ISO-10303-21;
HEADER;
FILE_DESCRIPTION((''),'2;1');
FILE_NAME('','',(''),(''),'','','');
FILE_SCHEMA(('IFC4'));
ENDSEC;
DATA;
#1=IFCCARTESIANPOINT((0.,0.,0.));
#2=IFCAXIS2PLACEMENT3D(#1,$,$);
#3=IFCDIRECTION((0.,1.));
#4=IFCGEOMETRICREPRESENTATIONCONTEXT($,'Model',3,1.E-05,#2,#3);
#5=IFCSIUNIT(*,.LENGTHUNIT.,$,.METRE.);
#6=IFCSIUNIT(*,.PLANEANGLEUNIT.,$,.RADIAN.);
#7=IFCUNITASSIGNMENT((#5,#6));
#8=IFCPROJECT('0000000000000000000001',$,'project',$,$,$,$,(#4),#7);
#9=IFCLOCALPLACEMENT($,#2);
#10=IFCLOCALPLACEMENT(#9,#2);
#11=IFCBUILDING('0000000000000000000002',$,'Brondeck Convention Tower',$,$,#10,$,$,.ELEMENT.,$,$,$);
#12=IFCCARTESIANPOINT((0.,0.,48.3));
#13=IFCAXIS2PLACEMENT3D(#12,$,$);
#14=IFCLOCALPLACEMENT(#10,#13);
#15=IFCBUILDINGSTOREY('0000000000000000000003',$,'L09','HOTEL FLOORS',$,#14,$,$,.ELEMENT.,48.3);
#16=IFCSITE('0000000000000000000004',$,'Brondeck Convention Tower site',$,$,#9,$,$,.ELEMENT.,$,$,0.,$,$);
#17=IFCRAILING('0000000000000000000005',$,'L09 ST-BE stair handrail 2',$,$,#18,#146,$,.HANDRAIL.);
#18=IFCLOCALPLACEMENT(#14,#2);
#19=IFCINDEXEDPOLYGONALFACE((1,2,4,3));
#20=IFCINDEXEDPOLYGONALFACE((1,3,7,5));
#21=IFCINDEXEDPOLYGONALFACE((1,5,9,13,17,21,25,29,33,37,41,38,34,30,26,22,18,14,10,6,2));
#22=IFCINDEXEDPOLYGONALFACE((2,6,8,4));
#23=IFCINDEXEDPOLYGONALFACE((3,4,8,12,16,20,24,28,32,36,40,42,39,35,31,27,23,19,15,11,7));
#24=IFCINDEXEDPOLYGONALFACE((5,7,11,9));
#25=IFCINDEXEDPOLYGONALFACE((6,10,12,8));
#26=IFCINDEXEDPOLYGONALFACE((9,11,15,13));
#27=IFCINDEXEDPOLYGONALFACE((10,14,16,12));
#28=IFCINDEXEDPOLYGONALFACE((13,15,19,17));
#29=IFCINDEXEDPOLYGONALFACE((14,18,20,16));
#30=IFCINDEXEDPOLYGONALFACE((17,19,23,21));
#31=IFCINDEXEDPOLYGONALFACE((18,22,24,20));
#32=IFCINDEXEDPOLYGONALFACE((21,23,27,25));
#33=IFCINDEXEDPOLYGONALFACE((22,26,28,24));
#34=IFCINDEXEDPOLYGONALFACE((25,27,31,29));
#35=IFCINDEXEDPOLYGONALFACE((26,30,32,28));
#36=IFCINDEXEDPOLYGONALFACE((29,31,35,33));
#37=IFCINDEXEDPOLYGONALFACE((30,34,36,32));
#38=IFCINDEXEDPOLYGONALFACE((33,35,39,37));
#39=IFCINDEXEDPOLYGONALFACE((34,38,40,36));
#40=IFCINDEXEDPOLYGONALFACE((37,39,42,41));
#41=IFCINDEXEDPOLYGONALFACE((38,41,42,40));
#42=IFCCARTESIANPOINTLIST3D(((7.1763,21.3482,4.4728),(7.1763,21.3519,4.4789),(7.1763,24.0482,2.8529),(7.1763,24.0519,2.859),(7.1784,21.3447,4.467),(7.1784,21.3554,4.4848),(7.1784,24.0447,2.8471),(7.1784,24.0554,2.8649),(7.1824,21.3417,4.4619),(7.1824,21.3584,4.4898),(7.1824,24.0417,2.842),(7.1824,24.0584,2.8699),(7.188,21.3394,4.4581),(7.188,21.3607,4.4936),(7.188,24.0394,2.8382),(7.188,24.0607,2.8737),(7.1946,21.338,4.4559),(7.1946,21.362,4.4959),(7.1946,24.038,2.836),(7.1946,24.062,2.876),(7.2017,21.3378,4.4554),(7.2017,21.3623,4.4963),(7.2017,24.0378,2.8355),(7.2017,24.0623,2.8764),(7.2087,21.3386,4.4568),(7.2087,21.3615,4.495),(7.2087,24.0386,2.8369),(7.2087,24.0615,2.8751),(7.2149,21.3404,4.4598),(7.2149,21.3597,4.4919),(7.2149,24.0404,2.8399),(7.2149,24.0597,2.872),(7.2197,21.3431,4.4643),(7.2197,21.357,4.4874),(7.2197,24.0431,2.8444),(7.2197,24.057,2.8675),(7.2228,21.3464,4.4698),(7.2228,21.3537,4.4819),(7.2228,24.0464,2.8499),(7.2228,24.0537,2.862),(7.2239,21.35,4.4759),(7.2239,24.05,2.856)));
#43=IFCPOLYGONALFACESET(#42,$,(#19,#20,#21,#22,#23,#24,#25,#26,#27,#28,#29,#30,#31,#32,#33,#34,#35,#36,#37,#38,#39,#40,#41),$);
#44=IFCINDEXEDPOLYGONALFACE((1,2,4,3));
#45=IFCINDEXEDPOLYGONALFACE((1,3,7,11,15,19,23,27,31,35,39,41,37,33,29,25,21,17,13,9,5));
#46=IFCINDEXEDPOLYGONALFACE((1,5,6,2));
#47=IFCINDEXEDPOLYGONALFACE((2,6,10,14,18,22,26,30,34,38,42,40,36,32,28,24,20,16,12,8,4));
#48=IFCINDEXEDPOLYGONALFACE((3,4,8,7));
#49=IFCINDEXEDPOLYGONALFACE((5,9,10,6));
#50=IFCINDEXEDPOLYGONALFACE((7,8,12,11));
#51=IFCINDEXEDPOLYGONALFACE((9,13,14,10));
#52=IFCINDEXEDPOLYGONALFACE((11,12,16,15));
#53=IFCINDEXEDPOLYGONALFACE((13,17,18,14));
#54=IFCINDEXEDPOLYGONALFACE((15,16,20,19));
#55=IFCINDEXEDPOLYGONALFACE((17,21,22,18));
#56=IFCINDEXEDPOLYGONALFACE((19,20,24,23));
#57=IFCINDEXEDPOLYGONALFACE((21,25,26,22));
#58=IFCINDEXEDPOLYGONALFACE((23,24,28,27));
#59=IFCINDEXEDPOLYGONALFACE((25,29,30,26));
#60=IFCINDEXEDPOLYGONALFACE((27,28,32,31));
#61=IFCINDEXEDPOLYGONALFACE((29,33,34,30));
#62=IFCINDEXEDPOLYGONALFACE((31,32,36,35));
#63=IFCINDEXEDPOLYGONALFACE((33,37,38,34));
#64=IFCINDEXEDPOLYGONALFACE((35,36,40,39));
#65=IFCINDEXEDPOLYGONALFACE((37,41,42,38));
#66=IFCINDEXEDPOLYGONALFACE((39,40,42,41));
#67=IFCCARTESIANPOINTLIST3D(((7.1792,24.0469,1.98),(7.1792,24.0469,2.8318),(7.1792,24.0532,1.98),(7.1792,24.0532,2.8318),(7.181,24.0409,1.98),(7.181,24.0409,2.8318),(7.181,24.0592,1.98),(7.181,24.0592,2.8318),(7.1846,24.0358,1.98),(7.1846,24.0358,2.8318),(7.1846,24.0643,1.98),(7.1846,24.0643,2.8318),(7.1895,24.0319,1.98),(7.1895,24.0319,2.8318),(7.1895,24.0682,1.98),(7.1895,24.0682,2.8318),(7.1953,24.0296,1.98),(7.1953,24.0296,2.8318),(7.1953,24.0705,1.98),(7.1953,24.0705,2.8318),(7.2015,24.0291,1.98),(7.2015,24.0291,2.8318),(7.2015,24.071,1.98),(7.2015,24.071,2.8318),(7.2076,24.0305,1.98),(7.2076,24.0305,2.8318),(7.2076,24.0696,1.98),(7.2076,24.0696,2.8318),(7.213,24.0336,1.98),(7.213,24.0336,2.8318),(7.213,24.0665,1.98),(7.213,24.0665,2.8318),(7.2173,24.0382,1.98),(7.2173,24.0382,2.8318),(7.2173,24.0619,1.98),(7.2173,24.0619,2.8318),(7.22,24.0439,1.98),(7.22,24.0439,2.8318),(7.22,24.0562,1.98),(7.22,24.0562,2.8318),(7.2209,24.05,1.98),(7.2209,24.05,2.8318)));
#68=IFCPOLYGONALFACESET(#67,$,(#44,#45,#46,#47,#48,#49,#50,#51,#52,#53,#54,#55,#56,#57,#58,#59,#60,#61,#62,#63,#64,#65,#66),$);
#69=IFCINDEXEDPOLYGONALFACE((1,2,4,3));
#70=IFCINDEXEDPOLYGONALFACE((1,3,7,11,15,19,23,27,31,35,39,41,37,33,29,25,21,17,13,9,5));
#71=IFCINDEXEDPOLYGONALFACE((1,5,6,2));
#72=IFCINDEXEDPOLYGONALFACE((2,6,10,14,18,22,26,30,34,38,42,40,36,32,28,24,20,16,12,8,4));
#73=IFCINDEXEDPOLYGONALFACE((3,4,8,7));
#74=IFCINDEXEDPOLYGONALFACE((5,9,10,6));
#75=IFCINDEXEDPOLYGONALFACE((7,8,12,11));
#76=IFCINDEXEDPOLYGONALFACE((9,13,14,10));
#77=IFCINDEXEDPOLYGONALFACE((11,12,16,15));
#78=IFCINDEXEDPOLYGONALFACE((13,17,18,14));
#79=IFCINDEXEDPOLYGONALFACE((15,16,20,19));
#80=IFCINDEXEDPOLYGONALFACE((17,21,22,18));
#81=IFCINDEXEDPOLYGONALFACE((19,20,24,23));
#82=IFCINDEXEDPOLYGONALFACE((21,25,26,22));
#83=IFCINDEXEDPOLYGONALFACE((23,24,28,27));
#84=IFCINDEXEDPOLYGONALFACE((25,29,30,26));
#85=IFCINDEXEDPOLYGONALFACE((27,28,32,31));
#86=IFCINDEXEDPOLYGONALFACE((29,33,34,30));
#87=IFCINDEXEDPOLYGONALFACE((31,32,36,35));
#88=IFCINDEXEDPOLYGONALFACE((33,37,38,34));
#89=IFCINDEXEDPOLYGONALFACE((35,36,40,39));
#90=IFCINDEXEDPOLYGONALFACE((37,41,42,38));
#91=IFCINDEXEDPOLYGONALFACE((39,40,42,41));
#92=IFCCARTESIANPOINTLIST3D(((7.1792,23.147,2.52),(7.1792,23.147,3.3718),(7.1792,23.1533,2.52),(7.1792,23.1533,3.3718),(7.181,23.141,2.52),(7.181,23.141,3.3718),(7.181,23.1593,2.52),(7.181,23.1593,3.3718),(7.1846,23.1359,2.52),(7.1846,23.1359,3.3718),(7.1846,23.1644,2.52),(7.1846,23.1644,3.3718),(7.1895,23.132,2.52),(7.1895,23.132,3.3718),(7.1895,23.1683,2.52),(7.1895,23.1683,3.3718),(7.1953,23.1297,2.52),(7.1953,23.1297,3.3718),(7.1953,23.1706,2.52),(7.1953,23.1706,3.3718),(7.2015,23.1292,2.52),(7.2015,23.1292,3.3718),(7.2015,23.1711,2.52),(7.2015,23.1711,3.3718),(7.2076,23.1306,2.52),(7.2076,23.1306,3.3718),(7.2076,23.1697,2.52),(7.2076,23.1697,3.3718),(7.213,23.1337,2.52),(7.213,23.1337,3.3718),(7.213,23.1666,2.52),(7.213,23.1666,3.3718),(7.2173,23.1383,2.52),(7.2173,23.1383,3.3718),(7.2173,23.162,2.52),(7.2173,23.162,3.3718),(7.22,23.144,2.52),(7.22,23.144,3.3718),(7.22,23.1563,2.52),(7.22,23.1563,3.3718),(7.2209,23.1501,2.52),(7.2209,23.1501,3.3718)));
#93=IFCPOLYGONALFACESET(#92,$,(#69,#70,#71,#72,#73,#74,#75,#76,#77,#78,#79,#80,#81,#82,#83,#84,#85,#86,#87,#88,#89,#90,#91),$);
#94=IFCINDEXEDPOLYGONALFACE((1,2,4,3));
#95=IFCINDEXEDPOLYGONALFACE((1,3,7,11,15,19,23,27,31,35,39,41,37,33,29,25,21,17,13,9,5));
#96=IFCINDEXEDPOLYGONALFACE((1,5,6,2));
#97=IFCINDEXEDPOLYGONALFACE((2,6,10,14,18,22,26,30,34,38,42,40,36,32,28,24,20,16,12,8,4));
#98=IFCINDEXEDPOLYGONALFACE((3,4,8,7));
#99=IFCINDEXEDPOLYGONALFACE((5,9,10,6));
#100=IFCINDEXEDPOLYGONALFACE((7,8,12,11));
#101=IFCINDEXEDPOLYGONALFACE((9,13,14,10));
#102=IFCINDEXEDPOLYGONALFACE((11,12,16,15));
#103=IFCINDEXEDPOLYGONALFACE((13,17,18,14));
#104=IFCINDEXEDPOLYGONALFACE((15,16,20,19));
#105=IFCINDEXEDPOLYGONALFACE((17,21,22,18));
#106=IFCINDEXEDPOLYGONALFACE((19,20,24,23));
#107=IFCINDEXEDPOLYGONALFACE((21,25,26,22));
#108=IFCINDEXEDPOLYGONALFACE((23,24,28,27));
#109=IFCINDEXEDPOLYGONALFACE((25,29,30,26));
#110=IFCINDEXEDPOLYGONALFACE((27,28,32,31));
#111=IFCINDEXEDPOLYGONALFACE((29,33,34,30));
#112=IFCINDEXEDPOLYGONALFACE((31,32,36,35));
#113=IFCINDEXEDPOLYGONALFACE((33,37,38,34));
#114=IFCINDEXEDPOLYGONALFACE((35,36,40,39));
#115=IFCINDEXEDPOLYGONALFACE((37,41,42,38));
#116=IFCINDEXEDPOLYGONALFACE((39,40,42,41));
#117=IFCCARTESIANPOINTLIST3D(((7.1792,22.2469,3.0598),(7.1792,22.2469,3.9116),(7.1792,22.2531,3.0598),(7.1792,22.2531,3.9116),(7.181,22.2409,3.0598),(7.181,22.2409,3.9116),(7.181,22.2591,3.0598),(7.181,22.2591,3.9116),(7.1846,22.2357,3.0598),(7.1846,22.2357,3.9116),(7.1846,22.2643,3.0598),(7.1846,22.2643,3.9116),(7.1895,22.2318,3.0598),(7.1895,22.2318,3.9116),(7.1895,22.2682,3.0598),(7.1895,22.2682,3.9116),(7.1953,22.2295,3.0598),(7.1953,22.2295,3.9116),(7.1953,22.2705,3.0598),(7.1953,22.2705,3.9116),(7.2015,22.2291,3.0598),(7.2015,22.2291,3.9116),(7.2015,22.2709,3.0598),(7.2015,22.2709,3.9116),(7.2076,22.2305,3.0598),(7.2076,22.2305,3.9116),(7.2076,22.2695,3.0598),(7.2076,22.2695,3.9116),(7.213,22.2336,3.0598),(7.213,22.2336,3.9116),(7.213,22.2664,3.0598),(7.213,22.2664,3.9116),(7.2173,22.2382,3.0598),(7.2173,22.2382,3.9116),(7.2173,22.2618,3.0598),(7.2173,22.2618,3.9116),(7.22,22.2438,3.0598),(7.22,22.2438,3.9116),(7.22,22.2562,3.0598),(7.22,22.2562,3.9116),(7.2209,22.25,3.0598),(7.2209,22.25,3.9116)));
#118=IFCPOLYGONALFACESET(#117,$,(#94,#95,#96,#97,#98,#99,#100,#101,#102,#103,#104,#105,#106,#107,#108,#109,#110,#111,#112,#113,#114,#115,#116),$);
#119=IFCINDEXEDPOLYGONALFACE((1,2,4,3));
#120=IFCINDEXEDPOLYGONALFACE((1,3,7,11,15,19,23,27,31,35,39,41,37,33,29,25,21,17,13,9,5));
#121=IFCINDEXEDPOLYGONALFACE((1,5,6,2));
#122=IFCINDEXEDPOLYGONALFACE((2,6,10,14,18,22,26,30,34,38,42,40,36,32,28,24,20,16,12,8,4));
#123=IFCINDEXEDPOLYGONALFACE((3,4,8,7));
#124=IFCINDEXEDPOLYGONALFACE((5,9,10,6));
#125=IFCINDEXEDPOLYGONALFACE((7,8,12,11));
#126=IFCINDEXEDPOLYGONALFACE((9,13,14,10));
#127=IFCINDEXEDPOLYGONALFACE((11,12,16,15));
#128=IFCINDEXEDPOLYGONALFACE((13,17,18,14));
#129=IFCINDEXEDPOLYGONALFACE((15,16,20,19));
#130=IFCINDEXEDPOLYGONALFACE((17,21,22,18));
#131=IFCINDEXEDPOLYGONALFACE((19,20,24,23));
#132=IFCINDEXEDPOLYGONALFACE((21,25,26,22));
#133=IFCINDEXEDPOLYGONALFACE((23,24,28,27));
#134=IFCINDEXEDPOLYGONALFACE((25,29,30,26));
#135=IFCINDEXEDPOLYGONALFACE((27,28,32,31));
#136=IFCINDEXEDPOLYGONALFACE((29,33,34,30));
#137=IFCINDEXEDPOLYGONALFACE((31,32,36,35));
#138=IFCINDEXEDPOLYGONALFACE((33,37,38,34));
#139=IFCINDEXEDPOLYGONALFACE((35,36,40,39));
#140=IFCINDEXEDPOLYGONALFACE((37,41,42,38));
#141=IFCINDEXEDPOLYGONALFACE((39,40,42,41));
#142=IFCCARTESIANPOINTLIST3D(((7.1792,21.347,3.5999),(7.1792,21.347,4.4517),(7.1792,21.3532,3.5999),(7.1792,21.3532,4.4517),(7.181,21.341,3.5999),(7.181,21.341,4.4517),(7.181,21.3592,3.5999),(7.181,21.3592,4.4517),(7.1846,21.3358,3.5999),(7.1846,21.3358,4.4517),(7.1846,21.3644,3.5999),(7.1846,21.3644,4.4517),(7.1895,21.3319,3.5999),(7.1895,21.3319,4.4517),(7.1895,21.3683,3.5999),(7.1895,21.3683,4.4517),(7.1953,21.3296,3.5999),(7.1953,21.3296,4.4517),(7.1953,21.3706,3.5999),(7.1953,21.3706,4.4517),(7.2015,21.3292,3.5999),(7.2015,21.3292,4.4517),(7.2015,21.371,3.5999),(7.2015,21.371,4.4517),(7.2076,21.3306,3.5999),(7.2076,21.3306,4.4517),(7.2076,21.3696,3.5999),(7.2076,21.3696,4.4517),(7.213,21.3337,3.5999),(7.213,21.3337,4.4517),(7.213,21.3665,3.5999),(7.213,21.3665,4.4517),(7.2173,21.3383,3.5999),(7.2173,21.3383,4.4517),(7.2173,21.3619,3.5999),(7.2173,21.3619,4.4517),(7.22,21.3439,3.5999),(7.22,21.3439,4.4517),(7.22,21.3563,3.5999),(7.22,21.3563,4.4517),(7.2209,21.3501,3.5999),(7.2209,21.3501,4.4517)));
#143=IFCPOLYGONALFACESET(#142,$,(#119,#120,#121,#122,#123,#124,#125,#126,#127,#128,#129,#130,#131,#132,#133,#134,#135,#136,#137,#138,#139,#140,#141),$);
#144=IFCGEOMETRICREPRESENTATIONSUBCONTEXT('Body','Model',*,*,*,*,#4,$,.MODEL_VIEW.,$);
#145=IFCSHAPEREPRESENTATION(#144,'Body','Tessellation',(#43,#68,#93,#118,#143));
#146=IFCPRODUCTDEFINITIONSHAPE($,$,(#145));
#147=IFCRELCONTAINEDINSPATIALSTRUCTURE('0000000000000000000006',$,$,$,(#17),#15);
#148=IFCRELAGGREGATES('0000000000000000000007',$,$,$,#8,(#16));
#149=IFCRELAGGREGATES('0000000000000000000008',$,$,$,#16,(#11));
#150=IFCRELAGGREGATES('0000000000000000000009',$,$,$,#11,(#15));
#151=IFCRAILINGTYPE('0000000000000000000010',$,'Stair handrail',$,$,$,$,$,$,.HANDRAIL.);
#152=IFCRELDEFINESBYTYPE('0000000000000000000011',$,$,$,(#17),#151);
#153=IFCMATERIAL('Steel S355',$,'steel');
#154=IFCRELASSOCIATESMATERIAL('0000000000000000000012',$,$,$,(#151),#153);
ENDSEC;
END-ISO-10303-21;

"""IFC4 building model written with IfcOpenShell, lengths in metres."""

from ifc_helpers import new_model, si_unit, direction, frame, origin, origin_2d, place, context, subcontext, project, spatial, circle, extrude, material, type_object, element, save


model = new_model("IFC4")

# Units and contexts
model_context = context("Model", 3, precision=1e-05, world=origin(), true_north=direction((0.0, 1.0)))
body_context = subcontext(model_context, "Body", "Model", "MODEL_VIEW")
ifc_project = project(units=[si_unit("LENGTHUNIT", "METRE"), si_unit("PLANEANGLEUNIT", "RADIAN")], contexts=[model_context])

# Site, building, storey
site_placement = place(None, origin())
site = spatial("IfcSite", under=ifc_project, at=site_placement, Name="Brondeck Convention Tower site", CompositionType="ELEMENT", RefElevation=0.0)
building_placement = place(site_placement, origin())
building = spatial("IfcBuilding", under=site, at=building_placement, Name="Brondeck Convention Tower", CompositionType="ELEMENT")
storey_placement = place(building_placement, frame((0.0, 0.0, 48.3)))
storey = spatial("IfcBuildingStorey", under=building, at=storey_placement, Name="L09", Description="HOTEL FLOORS", CompositionType="ELEMENT", Elevation=48.3)

# Shared definitions
ifc_material_1 = material(Name="Steel S355", Category="steel")

# Railing
railing_type_1 = type_object("IfcRailingType", Name="Stair handrail", PredefinedType="HANDRAIL", material=ifc_material_1)
railing_1_placement = place(storey_placement, frame((7.2, 24.05, 1.98)))
element("IfcRailing", 1, at=railing_1_placement, inside=storey, type_object=railing_type_1, Name="L09 ST-BE stair handrail 2", PredefinedType="HANDRAIL", context=body_context, shape_type="SweptSolid", body=[
    extrude(circle(Radius=0.0239, at=origin_2d()), frame((0.0, 0.0, 0.876), z_axis=(0.0, -0.857507, 0.514473), x_axis=(1.0, 0.0, 0.0)), (0.0, 0.0, 1.0), 3.1487),
    extrude(circle(Radius=0.021, at=origin_2d()), origin(), (0.0, 0.0, 1.0), 0.8518),
    extrude(circle(Radius=0.021, at=origin_2d()), frame((0.0, -0.8999, 0.54)), (0.0, 0.0, 1.0), 0.8518),
    extrude(circle(Radius=0.021, at=origin_2d()), frame((0.0, -1.8, 1.0798)), (0.0, 0.0, 1.0), 0.8518),
    extrude(circle(Radius=0.021, at=origin_2d()), frame((0.0, -2.7, 1.6199)), (0.0, 0.0, 1.0), 0.8518),
])

save(model, "model.ifc")
